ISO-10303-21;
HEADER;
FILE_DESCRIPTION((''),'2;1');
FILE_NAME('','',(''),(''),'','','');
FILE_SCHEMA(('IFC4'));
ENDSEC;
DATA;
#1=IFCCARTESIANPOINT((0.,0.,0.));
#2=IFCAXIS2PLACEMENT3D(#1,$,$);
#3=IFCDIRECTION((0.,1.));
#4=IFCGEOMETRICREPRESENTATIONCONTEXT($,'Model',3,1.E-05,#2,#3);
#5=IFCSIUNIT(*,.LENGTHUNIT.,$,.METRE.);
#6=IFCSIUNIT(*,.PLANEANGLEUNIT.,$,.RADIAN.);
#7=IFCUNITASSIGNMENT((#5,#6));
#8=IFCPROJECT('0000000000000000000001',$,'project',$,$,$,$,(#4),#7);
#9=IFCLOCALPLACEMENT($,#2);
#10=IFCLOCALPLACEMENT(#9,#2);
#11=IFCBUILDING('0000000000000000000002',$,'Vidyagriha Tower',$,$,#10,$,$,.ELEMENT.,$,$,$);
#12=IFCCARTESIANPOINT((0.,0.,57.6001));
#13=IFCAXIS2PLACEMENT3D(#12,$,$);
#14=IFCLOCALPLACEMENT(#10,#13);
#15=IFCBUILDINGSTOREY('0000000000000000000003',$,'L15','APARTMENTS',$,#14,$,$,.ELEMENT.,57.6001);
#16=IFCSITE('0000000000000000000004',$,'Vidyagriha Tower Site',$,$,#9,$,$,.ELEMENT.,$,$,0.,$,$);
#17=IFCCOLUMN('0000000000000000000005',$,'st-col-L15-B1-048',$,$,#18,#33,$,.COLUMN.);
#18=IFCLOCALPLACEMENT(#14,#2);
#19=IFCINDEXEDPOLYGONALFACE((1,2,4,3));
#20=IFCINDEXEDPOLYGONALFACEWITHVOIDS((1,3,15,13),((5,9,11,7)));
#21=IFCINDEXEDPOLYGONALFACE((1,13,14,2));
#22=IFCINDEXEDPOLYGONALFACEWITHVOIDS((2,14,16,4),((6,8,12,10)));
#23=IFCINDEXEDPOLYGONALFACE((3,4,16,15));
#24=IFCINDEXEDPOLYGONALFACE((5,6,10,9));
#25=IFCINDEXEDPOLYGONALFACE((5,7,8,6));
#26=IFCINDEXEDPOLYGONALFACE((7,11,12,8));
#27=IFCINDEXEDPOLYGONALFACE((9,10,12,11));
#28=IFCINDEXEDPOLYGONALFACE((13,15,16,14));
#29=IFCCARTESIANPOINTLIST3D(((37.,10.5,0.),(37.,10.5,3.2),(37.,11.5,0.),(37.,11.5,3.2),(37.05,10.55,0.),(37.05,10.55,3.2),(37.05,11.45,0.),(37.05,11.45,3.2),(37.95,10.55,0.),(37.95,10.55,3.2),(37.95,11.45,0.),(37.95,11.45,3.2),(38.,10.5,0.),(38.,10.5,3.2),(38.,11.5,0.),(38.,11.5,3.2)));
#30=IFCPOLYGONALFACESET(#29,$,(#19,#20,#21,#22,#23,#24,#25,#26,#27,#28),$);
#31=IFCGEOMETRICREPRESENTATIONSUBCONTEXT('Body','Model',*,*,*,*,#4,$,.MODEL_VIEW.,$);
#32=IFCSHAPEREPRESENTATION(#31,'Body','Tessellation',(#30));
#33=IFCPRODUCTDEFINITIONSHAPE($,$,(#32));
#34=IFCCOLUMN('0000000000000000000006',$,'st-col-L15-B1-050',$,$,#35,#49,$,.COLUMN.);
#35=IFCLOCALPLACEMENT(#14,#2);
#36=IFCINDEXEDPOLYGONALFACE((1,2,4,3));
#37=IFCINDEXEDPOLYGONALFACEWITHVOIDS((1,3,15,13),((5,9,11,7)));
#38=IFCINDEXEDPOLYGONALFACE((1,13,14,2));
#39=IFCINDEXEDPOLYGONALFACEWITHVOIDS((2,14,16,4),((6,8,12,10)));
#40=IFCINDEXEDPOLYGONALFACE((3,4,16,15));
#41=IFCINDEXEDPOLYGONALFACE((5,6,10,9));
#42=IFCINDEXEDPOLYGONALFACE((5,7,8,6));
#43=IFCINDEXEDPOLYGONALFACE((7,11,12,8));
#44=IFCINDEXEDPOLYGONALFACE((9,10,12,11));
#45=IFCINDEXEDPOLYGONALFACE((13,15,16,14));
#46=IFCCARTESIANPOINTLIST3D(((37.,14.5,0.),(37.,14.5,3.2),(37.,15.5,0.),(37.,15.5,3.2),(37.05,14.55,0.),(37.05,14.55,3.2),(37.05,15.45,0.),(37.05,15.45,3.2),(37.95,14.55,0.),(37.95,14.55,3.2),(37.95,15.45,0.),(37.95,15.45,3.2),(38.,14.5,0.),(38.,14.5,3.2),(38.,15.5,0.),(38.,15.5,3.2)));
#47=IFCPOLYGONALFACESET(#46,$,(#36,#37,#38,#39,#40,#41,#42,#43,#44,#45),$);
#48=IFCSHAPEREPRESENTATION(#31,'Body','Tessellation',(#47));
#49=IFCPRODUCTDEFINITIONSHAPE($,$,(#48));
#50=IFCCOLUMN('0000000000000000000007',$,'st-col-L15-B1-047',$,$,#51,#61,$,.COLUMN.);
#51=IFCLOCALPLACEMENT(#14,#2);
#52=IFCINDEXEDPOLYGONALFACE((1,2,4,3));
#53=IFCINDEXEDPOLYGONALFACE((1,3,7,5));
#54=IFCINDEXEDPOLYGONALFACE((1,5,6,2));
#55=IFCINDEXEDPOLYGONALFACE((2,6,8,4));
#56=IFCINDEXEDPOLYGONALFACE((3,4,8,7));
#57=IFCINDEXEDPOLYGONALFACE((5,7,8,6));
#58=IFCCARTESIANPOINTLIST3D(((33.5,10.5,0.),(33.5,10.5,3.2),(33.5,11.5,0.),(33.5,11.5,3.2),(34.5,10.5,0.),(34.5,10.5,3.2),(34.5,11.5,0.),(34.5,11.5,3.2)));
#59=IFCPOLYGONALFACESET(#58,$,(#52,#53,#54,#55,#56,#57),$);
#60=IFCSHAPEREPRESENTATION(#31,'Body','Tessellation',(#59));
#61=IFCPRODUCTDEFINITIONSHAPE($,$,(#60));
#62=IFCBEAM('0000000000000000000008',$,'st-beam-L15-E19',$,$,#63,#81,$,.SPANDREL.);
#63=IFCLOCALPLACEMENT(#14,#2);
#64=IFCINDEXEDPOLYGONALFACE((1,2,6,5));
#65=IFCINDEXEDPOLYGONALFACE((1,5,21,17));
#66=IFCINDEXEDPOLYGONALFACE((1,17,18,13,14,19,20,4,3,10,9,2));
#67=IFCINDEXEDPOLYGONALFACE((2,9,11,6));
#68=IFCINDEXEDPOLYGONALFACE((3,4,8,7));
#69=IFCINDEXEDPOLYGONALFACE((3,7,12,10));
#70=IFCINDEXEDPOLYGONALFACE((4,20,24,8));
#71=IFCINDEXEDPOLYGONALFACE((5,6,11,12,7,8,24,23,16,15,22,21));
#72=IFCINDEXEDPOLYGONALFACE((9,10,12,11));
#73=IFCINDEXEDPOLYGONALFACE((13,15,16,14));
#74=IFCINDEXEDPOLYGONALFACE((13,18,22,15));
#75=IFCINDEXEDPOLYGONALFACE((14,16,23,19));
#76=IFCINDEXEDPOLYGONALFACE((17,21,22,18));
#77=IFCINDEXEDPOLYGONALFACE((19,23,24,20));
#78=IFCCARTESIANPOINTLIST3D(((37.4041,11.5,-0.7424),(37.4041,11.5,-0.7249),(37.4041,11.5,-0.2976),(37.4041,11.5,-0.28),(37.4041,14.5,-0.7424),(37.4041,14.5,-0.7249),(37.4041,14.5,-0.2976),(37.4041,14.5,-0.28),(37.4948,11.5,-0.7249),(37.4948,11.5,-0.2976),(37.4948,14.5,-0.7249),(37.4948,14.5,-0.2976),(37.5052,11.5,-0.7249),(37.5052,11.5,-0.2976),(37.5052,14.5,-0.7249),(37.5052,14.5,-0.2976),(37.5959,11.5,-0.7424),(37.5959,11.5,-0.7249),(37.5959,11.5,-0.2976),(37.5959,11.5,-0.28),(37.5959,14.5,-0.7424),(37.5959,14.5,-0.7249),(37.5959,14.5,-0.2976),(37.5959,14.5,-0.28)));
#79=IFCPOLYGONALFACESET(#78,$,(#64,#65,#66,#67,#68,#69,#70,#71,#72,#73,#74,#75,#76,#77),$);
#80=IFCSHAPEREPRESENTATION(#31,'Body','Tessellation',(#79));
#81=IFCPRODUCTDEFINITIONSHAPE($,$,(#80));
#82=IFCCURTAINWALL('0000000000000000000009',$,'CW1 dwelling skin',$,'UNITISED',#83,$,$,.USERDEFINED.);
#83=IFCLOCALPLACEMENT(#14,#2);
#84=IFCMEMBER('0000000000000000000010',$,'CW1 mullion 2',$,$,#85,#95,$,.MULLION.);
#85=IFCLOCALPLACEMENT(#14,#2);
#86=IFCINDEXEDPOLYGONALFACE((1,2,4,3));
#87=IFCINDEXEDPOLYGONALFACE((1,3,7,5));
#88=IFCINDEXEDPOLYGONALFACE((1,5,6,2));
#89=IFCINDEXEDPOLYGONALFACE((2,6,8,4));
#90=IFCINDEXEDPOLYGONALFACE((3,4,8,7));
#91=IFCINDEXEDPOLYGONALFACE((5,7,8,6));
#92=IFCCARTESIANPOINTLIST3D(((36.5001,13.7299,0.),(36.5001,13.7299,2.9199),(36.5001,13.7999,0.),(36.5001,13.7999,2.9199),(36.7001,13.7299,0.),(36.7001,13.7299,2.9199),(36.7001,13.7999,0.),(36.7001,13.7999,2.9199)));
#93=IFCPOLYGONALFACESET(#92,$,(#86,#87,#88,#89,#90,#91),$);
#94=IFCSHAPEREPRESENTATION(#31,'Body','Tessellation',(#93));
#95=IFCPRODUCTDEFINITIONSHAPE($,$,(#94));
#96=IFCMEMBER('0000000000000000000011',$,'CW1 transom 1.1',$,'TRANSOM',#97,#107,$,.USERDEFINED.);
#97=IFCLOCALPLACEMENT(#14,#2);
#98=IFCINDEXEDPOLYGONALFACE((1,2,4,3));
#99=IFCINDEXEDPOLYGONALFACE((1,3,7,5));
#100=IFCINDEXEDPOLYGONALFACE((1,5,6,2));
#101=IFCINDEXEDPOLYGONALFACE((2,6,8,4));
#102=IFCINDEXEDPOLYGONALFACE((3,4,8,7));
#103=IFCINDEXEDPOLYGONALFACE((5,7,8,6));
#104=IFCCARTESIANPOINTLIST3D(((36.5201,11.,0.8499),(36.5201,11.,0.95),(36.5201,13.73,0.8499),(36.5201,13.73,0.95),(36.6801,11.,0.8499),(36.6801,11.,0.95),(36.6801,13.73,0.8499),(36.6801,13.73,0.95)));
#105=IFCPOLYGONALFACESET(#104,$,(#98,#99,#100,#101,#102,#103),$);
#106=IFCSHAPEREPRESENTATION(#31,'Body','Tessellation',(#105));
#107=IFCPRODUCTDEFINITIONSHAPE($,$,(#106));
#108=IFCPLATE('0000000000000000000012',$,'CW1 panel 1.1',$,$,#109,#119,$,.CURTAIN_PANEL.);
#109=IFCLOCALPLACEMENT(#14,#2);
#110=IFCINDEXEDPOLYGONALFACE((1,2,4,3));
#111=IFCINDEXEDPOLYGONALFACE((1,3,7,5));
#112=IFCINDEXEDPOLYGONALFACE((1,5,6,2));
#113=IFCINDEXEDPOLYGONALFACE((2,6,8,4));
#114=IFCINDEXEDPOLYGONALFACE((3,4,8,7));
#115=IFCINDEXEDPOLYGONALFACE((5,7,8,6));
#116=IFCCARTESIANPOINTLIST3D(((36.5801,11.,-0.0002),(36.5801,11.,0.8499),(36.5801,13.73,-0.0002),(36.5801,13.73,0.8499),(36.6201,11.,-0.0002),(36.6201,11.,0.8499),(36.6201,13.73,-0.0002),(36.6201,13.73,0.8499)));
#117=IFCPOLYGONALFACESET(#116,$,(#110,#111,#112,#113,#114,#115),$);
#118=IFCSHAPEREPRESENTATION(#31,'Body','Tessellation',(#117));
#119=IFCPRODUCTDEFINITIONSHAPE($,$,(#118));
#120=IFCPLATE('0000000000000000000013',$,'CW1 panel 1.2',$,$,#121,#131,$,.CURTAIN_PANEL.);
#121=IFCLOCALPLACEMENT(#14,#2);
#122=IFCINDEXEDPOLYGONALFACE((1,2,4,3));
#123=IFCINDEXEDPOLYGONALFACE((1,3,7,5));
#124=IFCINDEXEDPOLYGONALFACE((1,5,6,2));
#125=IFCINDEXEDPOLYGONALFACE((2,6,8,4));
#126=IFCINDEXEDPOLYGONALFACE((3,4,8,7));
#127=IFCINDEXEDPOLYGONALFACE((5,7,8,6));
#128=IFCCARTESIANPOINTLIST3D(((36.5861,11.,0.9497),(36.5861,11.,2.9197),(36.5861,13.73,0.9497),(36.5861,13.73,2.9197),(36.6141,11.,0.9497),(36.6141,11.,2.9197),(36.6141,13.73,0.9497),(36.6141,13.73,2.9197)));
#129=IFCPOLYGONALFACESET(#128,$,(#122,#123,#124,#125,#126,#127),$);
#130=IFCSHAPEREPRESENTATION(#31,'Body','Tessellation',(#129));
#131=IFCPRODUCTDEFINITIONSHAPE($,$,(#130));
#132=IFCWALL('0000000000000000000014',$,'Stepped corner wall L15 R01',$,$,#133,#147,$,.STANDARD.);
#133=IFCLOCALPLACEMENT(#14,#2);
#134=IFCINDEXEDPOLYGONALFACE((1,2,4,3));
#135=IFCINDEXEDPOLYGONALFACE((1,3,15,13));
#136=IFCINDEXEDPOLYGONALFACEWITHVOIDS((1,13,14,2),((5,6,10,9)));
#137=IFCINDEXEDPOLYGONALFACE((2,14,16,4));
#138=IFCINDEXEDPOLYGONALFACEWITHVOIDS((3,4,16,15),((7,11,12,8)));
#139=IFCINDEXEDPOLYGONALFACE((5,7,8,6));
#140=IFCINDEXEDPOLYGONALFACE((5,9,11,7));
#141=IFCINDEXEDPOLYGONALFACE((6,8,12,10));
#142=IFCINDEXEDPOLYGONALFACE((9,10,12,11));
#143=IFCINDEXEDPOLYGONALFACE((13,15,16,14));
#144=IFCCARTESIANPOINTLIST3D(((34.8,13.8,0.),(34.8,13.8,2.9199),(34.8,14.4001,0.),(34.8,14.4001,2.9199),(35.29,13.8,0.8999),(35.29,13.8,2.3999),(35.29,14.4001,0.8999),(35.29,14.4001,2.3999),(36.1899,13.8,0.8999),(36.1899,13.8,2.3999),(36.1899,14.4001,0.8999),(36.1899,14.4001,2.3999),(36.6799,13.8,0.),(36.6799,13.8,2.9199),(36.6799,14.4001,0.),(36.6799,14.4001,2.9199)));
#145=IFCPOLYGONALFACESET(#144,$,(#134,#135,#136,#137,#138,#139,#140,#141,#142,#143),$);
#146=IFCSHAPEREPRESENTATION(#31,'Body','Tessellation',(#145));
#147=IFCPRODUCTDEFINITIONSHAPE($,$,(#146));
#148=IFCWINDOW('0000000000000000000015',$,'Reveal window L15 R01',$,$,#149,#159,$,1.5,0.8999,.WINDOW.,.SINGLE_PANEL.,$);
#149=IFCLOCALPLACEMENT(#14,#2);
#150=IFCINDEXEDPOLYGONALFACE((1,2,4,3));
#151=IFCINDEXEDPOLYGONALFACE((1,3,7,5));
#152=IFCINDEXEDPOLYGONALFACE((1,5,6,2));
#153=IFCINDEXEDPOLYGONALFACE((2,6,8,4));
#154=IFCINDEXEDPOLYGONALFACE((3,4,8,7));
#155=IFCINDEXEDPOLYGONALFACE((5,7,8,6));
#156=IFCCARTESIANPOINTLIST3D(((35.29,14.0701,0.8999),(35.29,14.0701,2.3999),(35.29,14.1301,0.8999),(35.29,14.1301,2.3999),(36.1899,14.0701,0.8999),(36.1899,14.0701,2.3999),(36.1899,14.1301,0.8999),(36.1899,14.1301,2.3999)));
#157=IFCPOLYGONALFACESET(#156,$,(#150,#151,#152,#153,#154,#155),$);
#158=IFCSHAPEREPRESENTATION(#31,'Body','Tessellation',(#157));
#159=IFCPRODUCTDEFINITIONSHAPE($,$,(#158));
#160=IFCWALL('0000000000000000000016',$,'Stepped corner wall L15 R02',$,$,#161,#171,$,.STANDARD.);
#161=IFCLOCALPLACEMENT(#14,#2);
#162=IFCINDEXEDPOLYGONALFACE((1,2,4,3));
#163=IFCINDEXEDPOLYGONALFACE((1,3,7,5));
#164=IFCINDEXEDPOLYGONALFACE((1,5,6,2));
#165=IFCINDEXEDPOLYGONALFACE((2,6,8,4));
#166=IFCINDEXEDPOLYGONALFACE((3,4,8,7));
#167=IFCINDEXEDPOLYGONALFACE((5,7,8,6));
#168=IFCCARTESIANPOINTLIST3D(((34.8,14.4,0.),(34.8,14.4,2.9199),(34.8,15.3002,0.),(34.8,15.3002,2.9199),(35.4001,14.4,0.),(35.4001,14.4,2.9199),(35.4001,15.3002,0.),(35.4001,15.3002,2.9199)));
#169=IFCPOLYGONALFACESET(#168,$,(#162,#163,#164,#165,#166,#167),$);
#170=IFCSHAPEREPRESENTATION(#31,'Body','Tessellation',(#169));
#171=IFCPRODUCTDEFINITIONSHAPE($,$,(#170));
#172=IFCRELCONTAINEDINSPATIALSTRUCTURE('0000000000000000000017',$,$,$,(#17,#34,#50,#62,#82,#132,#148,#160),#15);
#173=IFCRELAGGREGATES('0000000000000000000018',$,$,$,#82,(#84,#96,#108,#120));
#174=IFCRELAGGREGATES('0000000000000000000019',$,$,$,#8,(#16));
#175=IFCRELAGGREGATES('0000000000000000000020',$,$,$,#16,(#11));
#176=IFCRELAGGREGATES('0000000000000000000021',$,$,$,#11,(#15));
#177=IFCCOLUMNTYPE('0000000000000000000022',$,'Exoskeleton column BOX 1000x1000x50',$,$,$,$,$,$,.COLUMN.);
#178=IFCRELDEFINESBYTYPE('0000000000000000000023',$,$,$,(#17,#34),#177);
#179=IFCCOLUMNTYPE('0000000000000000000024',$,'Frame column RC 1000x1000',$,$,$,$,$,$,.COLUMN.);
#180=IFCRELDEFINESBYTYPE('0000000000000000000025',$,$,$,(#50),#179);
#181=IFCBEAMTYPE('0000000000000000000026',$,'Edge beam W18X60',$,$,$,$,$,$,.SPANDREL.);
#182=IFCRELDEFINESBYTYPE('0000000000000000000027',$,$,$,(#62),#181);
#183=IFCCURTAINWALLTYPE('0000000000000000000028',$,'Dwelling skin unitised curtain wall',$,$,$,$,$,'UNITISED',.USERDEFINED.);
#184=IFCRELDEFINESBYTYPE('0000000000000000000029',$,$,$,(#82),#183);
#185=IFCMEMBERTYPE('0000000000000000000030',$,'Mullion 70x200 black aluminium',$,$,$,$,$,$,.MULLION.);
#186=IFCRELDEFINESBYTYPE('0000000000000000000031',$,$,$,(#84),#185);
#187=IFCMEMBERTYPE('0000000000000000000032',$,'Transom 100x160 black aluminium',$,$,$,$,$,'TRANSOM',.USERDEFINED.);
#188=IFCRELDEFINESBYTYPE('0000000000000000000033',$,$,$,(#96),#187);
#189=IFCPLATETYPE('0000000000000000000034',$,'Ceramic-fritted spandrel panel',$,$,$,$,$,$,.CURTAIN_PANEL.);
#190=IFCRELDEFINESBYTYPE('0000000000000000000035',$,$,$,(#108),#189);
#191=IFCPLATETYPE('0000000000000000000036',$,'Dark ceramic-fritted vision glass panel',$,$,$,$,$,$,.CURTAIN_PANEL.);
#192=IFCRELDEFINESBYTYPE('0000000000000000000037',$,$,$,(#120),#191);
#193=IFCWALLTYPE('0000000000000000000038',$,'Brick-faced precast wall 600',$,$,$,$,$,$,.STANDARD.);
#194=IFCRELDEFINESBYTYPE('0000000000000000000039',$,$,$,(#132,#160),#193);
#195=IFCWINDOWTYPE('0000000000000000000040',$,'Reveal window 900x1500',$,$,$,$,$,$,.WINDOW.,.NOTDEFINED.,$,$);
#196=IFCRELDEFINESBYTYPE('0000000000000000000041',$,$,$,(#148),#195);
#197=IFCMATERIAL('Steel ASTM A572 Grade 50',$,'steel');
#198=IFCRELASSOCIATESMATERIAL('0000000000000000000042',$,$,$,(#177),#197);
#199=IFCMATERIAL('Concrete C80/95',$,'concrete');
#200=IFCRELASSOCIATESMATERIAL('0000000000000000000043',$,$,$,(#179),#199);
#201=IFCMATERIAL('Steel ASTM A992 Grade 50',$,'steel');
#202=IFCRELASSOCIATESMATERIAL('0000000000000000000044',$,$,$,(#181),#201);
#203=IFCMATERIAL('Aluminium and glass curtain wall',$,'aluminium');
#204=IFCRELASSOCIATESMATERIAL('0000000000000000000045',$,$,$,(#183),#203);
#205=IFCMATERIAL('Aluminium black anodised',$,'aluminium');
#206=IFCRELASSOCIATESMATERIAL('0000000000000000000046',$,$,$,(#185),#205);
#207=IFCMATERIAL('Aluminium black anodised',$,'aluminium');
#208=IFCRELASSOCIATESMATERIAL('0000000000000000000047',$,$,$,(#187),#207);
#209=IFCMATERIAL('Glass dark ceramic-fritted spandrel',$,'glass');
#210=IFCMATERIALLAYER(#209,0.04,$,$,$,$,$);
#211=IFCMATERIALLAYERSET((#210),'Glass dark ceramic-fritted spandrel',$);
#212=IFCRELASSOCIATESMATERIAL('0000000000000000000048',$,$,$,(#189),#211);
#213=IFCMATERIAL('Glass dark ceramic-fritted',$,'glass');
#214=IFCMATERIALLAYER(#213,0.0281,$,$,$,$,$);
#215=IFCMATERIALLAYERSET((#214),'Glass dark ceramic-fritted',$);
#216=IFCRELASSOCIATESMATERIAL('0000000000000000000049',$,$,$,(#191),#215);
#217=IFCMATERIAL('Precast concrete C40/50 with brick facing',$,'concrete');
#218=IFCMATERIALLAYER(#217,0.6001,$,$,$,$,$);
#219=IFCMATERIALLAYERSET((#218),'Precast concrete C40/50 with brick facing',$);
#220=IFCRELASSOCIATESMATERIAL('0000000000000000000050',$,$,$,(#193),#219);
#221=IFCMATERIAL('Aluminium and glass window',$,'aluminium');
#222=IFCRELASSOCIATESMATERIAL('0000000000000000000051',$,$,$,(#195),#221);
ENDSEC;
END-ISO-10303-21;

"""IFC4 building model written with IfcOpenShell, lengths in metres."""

from ifc_helpers import new_model, si_unit, direction, frame, frame_2d, origin, origin_2d, place, context, subcontext, project, spatial, rectangle, hollow_rectangle, i_section, extrude, material, layer, layer_set, material_profile, profile_set, type_object, element, fill, aggregate, save


model = new_model("IFC4")

# Units and contexts
model_context = context("Model", 3, precision=1e-05, world=origin(), true_north=direction((0.0, 1.0)))
body_context = subcontext(model_context, "Body", "Model", "MODEL_VIEW")
ifc_project = project(units=[si_unit("LENGTHUNIT", "METRE"), si_unit("PLANEANGLEUNIT", "RADIAN")], contexts=[model_context])

# Site, building, storey
site_placement = place(None, origin())
site = spatial("IfcSite", under=ifc_project, at=site_placement, Name="Vidyagriha Tower Site", CompositionType="ELEMENT", RefElevation=0.0)
building_placement = place(site_placement, origin())
building = spatial("IfcBuilding", under=site, at=building_placement, Name="Vidyagriha Tower", CompositionType="ELEMENT")
storey_placement = place(building_placement, frame((0.0, 0.0, 57.6001)))
storey = spatial("IfcBuildingStorey", under=building, at=storey_placement, Name="L15", Description="APARTMENTS", CompositionType="ELEMENT", Elevation=57.6001)

# Columns
ifc_material_1 = material(Name="Steel ASTM A572 Grade 50", Category="steel")
ifc_material_profile_1 = material_profile(ifc_material_1, hollow_rectangle(XDim=1.0, YDim=1.0, WallThickness=0.05, at=origin_2d()), Name="BOX 1000x1000x50")
ifc_profile_set_1 = profile_set([ifc_material_profile_1], Name="Steel ASTM A572 Grade 50")
column_type_1 = type_object("IfcColumnType", Name="Exoskeleton column BOX 1000x1000x50", PredefinedType="COLUMN", material=ifc_profile_set_1)
for number, where, name in (
    (1, (37.5, 11.0, 0.0), "st-col-L15-B1-048"),
    (2, (37.5, 15.0, 0.0), "st-col-L15-B1-050"),
):
    element("IfcColumn", number, at=place(storey_placement, frame(where)), inside=storey, type_object=column_type_1, Name=name, PredefinedType="COLUMN", context=body_context, shape_type="SweptSolid", body=[
        extrude(hollow_rectangle(XDim=1.0, YDim=1.0, WallThickness=0.05, at=origin_2d()), origin(), (0.0, 0.0, 1.0), 3.2),
    ])
ifc_material_2 = material(Name="Concrete C80/95", Category="concrete")
ifc_material_profile_2 = material_profile(ifc_material_2, rectangle(XDim=1.0, YDim=1.0, at=origin_2d()), Name="RC 1000x1000")
ifc_profile_set_2 = profile_set([ifc_material_profile_2], Name="Concrete C80/95")
column_type_2 = type_object("IfcColumnType", Name="Frame column RC 1000x1000", PredefinedType="COLUMN", material=ifc_profile_set_2)
column_placement = place(storey_placement, frame((34.0, 11.0, 0.0)))
element("IfcColumn", 3, at=column_placement, inside=storey, type_object=column_type_2, Name="st-col-L15-B1-047", PredefinedType="COLUMN", context=body_context, shape_type="SweptSolid", body=[
    extrude(rectangle(XDim=1.0, YDim=1.0, at=origin_2d()), origin(), (0.0, 0.0, 1.0), 3.2),
])

# Beam
ifc_material_3 = material(Name="Steel ASTM A992 Grade 50", Category="steel")
ifc_material_profile_3 = material_profile(ifc_material_3, i_section(OverallWidth=0.1919, OverallDepth=0.4624, WebThickness=0.0105, FlangeThickness=0.0176, at=origin_2d()), Name="W18X60")
ifc_profile_set_3 = profile_set([ifc_material_profile_3], Name="Steel ASTM A992 Grade 50")
beam_type = type_object("IfcBeamType", Name="Edge beam W18X60", PredefinedType="SPANDREL", material=ifc_profile_set_3)
beam_placement = place(storey_placement, frame((37.5, 11.5, -0.5112), z_axis=(0.0, 1.0, 0.0), x_axis=(-1.0, 0.0, 0.0)))
element("IfcBeam", 4, at=beam_placement, inside=storey, type_object=beam_type, Name="st-beam-L15-E19", PredefinedType="SPANDREL", context=body_context, shape_type="SweptSolid", body=[
    extrude(i_section(OverallWidth=0.1919, OverallDepth=0.4624, WebThickness=0.0105, FlangeThickness=0.0176, at=origin_2d()), origin(), (0.0, 0.0, 1.0), 3.0),
])

# Curtain wall, members, plates
ifc_material_4 = material(Name="Aluminium and glass curtain wall", Category="aluminium")
curtain_wall_type = type_object("IfcCurtainWallType", Name="Dwelling skin unitised curtain wall", ElementType="UNITISED", PredefinedType="USERDEFINED", material=ifc_material_4)
curtain_wall_placement = place(storey_placement, origin())
curtain_wall = element("IfcCurtainWall", 5, at=curtain_wall_placement, inside=storey, type_object=curtain_wall_type, Name="CW1 dwelling skin", ObjectType="UNITISED", PredefinedType="USERDEFINED")
ifc_material_5 = material(Name="Aluminium black anodised", Category="aluminium")
ifc_material_profile_4 = material_profile(ifc_material_5, rectangle(XDim=0.2, YDim=0.0701, at=origin_2d()), Name="Mullion 70x200 black aluminium")
ifc_profile_set_4 = profile_set([ifc_material_profile_4], Name="Aluminium black anodised")
member_type_1 = type_object("IfcMemberType", Name="Mullion 70x200 black aluminium", PredefinedType="MULLION", material=ifc_profile_set_4)
member_1_placement = place(storey_placement, frame((36.6001, 13.7649, 0.0), z_axis=(0.0, 0.0, 1.0), x_axis=(-1.0, 0.0, 0.0)))
member_1 = element("IfcMember", 6, at=member_1_placement, type_object=member_type_1, Name="CW1 mullion 2", PredefinedType="MULLION", context=body_context, shape_type="SweptSolid", body=[
    extrude(rectangle(XDim=0.2, YDim=0.0701, at=origin_2d()), origin(), (0.0, 0.0, 1.0), 2.9199),
])
ifc_material_6 = material(Name="Aluminium black anodised", Category="aluminium")
ifc_material_profile_5 = material_profile(ifc_material_6, rectangle(XDim=0.1599, YDim=0.1001, at=origin_2d()), Name="Transom 100x160 black aluminium")
ifc_profile_set_5 = profile_set([ifc_material_profile_5], Name="Aluminium black anodised")
member_type_2 = type_object("IfcMemberType", Name="Transom 100x160 black aluminium", ElementType="TRANSOM", PredefinedType="USERDEFINED", material=ifc_profile_set_5)
member_2_placement = place(storey_placement, frame((36.6001, 11.0, 0.8999), z_axis=(0.0, 1.0, 0.0), x_axis=(-1.0, 0.0, 0.0)))
member_2 = element("IfcMember", 7, at=member_2_placement, type_object=member_type_2, Name="CW1 transom 1.1", ObjectType="TRANSOM", PredefinedType="USERDEFINED", context=body_context, shape_type="SweptSolid", body=[
    extrude(rectangle(XDim=0.1599, YDim=0.1001, at=origin_2d()), origin(), (0.0, 0.0, 1.0), 2.73),
])
ifc_material_7 = material(Name="Glass dark ceramic-fritted spandrel", Category="glass")
ifc_layer_1 = layer(ifc_material_7, 0.04)
ifc_layer_set_1 = layer_set([ifc_layer_1], Name="Glass dark ceramic-fritted spandrel")
plate_type_1 = type_object("IfcPlateType", Name="Ceramic-fritted spandrel panel", PredefinedType="CURTAIN_PANEL", material=ifc_layer_set_1)
plate_1_placement = place(storey_placement, frame((36.6001, 12.365, -0.0002), z_axis=(0.0, 0.0, 1.0), x_axis=(0.0, 1.0, 0.0)))
plate_1 = element("IfcPlate", 8, at=plate_1_placement, type_object=plate_type_1, Name="CW1 panel 1.1", PredefinedType="CURTAIN_PANEL", context=body_context, shape_type="SweptSolid", body=[
    extrude(rectangle(XDim=2.73, YDim=0.04, at=origin_2d()), origin(), (0.0, 0.0, 1.0), 0.8501),
])
ifc_material_8 = material(Name="Glass dark ceramic-fritted", Category="glass")
ifc_layer_2 = layer(ifc_material_8, 0.0281)
ifc_layer_set_2 = layer_set([ifc_layer_2], Name="Glass dark ceramic-fritted")
plate_type_2 = type_object("IfcPlateType", Name="Dark ceramic-fritted vision glass panel", PredefinedType="CURTAIN_PANEL", material=ifc_layer_set_2)
plate_2_placement = place(storey_placement, frame((36.6001, 12.365, 0.9497), z_axis=(0.0, 0.0, 1.0), x_axis=(0.0, 1.0, 0.0)))
plate_2 = element("IfcPlate", 9, at=plate_2_placement, type_object=plate_type_2, Name="CW1 panel 1.2", PredefinedType="CURTAIN_PANEL", context=body_context, shape_type="SweptSolid", body=[
    extrude(rectangle(XDim=2.73, YDim=0.0281, at=origin_2d()), origin(), (0.0, 0.0, 1.0), 1.97),
])
aggregate(curtain_wall, [member_1, member_2, plate_1, plate_2])

# Wall, opening, window
ifc_material_9 = material(Name="Precast concrete C40/50 with brick facing", Category="concrete")
ifc_layer_3 = layer(ifc_material_9, 0.6001)
ifc_layer_set_3 = layer_set([ifc_layer_3], Name="Precast concrete C40/50 with brick facing")
wall_type = type_object("IfcWallType", Name="Brick-faced precast wall 600", PredefinedType="STANDARD", material=ifc_layer_set_3)
wall_1_placement = place(storey_placement, frame((36.6799, 14.1001, 0.0), z_axis=(0.0, 0.0, 1.0), x_axis=(-1.0, 0.0, 0.0)))
wall_1 = element("IfcWall", 10, at=wall_1_placement, inside=storey, type_object=wall_type, Name="Stepped corner wall L15 R01", PredefinedType="STANDARD", context=body_context, shape_type="SweptSolid", body=[
    extrude(rectangle(XDim=1.8799, YDim=0.6001, at=frame_2d((0.9399, 0.0))), origin(), (0.0, 0.0, 1.0), 2.9199),
])
opening_1_placement = place(wall_1_placement, frame((0.49, 0.0, 0.8999)))
opening_1 = element("IfcOpeningElement", 11, at=opening_1_placement, cuts=wall_1, PredefinedType="OPENING", context=body_context, shape_type="SweptSolid", body=[
    extrude(rectangle(XDim=0.8999, YDim=1.5, at=frame_2d((0.45, 0.75))), frame((0.0, 0.3101, 0.0), z_axis=(0.0, -1.0, 0.0), x_axis=(1.0, 0.0, 0.0)), (0.0, 0.0, 1.0), 0.6201),
])
ifc_material_10 = material(Name="Aluminium and glass window", Category="aluminium")
window_type = type_object("IfcWindowType", Name="Reveal window 900x1500", PartitioningType="NOTDEFINED", PredefinedType="WINDOW", material=ifc_material_10)
window_1_placement = place(opening_1_placement, origin())
window_1 = element("IfcWindow", 12, at=window_1_placement, inside=storey, type_object=window_type, Name="Reveal window L15 R01", OverallHeight=1.5, OverallWidth=0.8999, PartitioningType="SINGLE_PANEL", PredefinedType="WINDOW", context=body_context, shape_type="SweptSolid", body=[
    extrude(rectangle(XDim=0.8999, YDim=1.5, at=frame_2d((0.45, 0.75))), frame((0.0, 0.03, 0.0), z_axis=(0.0, -1.0, 0.0), x_axis=(1.0, 0.0, 0.0)), (0.0, 0.0, 1.0), 0.0601),
])
fill(opening_1, window_1)

# Wall
wall_2_placement = place(storey_placement, frame((35.1001, 14.3999, 0.0), z_axis=(0.0, 0.0, 1.0), x_axis=(0.0, 1.0, 0.0)))
element("IfcWall", 13, at=wall_2_placement, inside=storey, type_object=wall_type, Name="Stepped corner wall L15 R02", PredefinedType="STANDARD", context=body_context, shape_type="SweptSolid", body=[
    extrude(rectangle(XDim=0.9001, YDim=0.6001, at=frame_2d((0.4502, 0.0))), origin(), (0.0, 0.0, 1.0), 2.9199),
])

save(model, "model.ifc")
